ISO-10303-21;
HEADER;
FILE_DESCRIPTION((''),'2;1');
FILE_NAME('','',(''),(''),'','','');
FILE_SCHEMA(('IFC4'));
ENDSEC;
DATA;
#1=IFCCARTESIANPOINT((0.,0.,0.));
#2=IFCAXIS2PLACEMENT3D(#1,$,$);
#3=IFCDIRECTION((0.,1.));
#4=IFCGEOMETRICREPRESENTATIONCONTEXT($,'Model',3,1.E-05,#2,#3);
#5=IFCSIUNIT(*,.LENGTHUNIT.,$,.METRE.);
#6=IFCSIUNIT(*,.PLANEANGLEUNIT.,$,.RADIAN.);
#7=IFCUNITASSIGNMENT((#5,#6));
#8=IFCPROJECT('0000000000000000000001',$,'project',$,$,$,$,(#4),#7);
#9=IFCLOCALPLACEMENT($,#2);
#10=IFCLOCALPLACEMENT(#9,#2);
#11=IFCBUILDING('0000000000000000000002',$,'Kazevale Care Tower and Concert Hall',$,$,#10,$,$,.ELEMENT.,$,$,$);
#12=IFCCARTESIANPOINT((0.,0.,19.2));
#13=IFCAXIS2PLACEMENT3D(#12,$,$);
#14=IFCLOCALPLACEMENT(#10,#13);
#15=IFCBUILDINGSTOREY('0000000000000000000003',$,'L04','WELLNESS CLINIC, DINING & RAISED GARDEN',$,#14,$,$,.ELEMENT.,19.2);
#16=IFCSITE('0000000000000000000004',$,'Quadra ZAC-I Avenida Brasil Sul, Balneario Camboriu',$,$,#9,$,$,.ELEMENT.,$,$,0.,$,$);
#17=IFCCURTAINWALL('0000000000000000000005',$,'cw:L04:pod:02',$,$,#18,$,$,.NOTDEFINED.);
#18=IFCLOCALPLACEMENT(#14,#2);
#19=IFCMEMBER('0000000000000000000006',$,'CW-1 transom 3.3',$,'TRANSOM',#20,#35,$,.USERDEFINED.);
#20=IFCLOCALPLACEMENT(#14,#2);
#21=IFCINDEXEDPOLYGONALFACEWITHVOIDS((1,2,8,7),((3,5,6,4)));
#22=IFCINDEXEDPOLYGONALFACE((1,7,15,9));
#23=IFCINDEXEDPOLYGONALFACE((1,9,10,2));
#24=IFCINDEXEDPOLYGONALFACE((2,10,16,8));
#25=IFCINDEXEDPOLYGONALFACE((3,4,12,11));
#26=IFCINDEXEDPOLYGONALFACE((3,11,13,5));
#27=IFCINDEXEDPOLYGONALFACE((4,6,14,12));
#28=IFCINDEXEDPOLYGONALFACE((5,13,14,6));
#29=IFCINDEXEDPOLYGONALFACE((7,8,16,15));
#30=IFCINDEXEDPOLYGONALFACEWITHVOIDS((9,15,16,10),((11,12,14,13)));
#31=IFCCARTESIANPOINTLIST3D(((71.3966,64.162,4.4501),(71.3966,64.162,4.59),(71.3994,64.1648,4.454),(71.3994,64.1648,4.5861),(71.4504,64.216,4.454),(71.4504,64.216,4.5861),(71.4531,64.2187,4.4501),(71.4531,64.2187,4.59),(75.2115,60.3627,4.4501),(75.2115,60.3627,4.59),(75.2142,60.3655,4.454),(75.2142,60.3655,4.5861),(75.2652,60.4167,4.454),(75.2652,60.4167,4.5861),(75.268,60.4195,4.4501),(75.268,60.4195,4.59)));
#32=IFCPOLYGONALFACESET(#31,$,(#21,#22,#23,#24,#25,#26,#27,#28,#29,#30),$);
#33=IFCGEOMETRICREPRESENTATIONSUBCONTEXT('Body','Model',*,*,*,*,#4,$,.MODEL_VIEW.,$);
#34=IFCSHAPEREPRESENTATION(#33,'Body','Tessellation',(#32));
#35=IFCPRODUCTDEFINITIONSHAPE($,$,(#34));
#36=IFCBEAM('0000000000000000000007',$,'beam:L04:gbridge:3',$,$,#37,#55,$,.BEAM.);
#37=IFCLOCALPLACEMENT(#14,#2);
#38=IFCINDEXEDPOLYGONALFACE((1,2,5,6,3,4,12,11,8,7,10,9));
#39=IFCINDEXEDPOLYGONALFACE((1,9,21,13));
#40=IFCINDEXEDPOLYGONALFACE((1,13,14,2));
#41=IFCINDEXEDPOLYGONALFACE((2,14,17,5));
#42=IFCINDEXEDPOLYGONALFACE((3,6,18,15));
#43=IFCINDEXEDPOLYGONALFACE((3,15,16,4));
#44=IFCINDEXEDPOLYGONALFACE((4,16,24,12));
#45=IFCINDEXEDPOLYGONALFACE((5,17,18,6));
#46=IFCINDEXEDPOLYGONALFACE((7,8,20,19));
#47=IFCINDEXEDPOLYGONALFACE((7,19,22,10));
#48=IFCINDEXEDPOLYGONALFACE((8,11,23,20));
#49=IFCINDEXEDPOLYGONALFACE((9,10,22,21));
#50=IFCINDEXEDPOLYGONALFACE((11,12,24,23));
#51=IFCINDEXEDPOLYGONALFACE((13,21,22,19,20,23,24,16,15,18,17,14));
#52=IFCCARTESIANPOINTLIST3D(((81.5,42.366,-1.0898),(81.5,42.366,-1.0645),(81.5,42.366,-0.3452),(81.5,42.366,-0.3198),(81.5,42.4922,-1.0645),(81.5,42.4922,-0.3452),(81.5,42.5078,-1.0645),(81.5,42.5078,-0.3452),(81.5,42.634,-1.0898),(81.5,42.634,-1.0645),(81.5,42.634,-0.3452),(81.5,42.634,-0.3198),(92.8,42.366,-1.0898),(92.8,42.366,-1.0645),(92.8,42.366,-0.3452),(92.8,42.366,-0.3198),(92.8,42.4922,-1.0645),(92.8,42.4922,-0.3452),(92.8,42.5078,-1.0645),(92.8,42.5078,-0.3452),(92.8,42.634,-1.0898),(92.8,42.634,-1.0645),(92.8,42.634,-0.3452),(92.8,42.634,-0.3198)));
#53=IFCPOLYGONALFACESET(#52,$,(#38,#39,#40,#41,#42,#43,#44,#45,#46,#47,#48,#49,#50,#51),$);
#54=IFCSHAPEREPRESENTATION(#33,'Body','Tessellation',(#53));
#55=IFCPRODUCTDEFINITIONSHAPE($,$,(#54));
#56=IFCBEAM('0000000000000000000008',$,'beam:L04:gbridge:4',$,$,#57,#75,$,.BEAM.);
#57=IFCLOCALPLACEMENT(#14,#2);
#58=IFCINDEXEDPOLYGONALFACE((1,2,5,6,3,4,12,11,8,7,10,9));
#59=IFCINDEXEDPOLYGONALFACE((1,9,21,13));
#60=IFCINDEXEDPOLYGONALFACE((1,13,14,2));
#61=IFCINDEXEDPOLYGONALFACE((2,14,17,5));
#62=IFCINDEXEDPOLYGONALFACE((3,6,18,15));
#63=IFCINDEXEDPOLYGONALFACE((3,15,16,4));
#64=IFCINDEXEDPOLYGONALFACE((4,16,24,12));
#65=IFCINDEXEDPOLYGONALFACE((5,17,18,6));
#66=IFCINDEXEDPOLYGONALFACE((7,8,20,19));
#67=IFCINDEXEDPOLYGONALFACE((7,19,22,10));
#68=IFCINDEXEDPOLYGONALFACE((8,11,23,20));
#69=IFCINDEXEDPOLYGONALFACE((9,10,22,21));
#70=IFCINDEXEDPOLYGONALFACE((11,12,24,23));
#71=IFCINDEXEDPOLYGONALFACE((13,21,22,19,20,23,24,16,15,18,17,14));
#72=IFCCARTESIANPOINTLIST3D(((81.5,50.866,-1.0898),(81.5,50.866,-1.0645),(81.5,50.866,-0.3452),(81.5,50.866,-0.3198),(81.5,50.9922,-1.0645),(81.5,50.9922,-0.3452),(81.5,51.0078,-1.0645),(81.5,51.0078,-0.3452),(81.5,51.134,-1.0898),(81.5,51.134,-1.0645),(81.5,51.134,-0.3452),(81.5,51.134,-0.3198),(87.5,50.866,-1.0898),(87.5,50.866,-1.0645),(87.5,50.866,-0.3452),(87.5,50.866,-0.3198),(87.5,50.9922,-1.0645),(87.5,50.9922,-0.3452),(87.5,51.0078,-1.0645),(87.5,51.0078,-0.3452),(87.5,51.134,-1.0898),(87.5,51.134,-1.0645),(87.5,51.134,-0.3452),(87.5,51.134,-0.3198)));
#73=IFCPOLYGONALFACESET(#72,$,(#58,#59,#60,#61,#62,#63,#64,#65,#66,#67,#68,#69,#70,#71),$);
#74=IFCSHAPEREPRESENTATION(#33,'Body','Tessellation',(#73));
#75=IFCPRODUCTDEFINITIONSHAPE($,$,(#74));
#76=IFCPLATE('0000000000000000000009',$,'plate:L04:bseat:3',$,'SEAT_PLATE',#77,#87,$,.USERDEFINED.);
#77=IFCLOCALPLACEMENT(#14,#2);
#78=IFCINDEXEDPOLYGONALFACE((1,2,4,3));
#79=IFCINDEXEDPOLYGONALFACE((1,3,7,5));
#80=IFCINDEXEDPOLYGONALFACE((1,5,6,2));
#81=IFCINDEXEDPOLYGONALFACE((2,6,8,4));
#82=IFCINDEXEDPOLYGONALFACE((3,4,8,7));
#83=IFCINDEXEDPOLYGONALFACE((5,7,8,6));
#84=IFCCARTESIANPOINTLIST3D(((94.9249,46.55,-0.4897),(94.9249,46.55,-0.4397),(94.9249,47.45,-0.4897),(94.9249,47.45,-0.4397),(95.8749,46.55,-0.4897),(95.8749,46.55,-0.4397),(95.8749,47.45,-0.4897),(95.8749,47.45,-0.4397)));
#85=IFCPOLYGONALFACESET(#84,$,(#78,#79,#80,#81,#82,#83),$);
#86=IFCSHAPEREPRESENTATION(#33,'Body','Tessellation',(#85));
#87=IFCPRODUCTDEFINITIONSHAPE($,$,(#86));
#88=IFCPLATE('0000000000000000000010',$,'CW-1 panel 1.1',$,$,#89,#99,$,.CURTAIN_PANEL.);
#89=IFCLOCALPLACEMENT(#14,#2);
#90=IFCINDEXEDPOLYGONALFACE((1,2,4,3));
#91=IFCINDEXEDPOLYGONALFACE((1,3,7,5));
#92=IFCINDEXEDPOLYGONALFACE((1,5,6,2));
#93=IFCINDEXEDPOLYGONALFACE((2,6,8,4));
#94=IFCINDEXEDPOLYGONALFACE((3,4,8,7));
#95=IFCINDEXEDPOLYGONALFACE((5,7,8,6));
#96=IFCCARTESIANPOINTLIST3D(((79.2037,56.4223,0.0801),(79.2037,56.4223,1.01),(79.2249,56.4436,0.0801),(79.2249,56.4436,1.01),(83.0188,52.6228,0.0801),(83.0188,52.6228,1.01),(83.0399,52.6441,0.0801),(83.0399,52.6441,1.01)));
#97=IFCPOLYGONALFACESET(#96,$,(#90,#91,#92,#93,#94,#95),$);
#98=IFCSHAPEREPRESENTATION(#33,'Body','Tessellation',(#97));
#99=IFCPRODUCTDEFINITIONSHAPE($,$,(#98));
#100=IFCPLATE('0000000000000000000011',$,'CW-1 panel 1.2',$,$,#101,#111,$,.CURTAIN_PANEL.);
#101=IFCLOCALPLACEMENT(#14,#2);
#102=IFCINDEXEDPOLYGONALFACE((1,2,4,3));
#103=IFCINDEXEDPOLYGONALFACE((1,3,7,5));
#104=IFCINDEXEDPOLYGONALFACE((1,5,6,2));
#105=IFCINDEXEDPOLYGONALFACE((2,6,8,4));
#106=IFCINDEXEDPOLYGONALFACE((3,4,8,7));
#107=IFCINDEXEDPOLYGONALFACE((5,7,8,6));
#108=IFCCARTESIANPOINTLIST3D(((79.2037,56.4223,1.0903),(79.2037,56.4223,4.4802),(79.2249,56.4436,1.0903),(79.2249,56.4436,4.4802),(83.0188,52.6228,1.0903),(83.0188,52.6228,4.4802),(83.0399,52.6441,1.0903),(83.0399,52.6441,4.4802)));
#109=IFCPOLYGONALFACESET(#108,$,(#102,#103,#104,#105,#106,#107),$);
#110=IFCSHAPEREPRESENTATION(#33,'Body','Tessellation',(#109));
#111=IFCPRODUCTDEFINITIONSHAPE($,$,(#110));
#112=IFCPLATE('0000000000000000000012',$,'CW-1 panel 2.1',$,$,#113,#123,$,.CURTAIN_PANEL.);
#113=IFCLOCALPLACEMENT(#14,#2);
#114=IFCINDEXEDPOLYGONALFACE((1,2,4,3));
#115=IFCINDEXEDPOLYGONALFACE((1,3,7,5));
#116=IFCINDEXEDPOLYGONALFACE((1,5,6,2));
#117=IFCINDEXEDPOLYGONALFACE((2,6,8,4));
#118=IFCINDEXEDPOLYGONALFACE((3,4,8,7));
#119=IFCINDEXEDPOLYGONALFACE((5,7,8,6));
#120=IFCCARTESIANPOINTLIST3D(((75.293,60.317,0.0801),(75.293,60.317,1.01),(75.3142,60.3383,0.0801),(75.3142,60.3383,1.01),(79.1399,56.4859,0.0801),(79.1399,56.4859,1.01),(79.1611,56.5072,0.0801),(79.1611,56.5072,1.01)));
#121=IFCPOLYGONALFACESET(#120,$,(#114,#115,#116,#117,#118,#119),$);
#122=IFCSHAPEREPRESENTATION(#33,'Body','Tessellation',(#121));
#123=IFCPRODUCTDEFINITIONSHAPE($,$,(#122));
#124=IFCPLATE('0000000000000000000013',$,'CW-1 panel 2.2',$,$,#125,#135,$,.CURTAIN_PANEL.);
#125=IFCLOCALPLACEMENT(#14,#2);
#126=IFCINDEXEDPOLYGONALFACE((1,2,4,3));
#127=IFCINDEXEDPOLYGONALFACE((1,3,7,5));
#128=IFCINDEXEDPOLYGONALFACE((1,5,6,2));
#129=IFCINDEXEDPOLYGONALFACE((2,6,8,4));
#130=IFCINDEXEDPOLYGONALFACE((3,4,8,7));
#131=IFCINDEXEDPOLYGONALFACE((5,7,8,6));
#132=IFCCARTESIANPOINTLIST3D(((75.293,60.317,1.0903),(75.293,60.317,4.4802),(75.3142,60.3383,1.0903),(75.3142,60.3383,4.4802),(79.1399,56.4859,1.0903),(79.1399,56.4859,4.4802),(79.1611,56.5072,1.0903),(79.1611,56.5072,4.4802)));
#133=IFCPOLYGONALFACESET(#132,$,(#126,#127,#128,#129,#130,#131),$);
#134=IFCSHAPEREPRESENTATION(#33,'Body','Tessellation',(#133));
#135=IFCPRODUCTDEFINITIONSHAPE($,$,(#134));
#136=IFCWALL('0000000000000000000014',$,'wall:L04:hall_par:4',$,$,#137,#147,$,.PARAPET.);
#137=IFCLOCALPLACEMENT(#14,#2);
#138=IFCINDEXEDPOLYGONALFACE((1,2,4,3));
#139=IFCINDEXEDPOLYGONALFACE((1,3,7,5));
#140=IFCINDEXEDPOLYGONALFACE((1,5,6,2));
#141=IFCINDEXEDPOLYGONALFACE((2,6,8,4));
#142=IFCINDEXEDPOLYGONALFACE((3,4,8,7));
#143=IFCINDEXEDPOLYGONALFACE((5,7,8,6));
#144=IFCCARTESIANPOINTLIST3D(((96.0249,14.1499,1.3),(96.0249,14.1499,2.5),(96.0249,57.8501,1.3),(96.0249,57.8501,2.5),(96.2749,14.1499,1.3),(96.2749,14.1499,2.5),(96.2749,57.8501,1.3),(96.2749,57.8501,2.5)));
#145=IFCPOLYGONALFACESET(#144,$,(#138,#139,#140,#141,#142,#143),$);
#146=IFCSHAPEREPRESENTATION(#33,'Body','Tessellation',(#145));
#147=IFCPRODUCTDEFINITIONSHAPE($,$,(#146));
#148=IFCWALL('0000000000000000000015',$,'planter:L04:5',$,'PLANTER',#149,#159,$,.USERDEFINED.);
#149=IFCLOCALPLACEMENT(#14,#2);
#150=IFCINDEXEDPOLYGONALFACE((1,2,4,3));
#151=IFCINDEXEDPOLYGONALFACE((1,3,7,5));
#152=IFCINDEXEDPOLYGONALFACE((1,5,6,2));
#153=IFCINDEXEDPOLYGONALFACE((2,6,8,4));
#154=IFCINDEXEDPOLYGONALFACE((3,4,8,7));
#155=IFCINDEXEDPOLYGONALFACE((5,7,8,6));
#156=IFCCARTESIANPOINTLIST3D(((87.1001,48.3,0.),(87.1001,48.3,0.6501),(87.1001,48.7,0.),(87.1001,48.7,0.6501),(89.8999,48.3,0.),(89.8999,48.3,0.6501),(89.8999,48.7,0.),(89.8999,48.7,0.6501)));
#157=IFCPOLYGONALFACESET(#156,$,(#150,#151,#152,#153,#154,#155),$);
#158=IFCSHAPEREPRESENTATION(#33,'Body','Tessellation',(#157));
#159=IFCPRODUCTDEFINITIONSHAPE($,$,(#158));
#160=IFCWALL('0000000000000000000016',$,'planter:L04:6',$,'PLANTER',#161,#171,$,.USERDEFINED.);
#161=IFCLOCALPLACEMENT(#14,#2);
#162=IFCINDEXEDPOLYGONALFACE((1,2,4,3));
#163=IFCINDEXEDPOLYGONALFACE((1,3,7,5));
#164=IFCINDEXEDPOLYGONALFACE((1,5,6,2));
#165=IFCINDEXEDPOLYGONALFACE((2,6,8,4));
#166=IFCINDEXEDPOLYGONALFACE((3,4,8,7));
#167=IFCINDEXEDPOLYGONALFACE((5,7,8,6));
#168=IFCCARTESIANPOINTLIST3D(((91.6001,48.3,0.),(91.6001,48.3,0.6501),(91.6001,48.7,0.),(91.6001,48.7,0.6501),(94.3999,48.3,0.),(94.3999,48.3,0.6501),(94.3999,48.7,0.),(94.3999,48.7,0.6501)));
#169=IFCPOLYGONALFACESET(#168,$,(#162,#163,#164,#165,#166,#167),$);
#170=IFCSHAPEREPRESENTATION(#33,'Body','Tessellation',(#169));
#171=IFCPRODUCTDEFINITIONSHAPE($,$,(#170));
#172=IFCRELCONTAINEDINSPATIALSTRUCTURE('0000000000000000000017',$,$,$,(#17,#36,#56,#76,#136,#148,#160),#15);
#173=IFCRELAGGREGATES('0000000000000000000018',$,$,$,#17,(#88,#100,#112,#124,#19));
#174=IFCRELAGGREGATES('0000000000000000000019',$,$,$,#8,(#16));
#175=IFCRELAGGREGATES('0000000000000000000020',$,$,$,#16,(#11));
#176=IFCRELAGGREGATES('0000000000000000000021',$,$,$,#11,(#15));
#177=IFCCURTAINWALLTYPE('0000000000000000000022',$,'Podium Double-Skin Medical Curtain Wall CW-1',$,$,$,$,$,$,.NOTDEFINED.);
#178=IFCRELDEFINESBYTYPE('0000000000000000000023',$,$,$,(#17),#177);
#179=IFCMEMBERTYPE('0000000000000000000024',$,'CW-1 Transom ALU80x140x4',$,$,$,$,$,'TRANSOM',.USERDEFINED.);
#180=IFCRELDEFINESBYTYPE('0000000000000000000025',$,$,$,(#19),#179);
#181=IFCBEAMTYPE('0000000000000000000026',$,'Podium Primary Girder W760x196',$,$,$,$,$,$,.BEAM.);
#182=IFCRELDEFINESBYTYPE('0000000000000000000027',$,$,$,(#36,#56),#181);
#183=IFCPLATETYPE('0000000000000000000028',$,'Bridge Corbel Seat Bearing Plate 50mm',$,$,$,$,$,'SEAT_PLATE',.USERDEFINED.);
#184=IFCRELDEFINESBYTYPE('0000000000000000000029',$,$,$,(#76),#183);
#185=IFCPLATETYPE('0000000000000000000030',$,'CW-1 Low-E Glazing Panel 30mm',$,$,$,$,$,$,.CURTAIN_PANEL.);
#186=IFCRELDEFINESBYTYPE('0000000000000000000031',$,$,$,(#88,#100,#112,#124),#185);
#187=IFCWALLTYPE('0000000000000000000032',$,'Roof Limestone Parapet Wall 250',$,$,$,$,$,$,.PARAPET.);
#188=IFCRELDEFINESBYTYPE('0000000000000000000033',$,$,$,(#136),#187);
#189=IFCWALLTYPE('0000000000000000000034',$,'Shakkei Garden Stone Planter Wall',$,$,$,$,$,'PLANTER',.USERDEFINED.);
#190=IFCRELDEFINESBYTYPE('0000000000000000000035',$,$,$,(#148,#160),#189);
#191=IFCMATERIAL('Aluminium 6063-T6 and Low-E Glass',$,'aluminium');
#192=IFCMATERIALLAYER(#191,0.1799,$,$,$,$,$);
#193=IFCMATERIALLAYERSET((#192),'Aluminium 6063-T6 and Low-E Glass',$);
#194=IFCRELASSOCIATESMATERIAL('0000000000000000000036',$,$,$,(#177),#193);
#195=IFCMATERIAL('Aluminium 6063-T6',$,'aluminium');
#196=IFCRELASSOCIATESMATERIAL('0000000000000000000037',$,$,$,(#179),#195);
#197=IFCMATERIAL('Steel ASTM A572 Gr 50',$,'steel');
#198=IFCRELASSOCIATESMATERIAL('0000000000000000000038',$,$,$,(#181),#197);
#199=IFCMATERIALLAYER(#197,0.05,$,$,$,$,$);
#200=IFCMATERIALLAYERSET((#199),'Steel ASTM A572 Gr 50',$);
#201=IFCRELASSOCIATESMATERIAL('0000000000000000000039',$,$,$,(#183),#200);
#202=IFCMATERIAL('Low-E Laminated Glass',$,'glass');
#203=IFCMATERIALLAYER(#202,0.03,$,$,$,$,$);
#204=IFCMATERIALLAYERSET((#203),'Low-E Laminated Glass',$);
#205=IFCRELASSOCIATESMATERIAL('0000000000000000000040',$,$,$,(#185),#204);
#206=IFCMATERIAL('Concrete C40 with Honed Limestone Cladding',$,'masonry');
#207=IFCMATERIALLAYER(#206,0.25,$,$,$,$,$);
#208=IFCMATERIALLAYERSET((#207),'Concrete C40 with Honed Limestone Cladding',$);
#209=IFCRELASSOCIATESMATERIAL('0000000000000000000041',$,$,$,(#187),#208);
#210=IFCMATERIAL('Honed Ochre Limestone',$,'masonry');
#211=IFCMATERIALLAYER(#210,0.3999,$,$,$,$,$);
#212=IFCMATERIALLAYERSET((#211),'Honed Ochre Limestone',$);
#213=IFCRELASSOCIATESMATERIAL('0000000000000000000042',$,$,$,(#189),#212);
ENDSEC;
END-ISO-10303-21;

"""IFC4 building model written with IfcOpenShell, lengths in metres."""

from ifc_helpers import new_model, si_unit, direction, frame, frame_2d, origin, origin_2d, place, context, subcontext, project, spatial, rectangle, hollow_rectangle, i_section, extrude, material, layer, layer_set, material_profile, profile_set, type_object, element, aggregate, save


model = new_model("IFC4")

# Units and contexts
model_context = context("Model", 3, precision=1e-05, world=origin(), true_north=direction((0.0, 1.0)))
body_context = subcontext(model_context, "Body", "Model", "MODEL_VIEW")
ifc_project = project(units=[si_unit("LENGTHUNIT", "METRE"), si_unit("PLANEANGLEUNIT", "RADIAN")], contexts=[model_context])

# Site, building, storey
site_placement = place(None, origin())
site = spatial("IfcSite", under=ifc_project, at=site_placement, Name="Quadra ZAC-I Avenida Brasil Sul, Balneario Camboriu", CompositionType="ELEMENT", RefElevation=0.0)
building_placement = place(site_placement, origin())
building = spatial("IfcBuilding", under=site, at=building_placement, Name="Kazevale Care Tower and Concert Hall", CompositionType="ELEMENT")
storey_placement = place(building_placement, frame((0.0, 0.0, 19.2)))
storey = spatial("IfcBuildingStorey", under=building, at=storey_placement, Name="L04", Description="WELLNESS CLINIC, DINING & RAISED GARDEN", CompositionType="ELEMENT", Elevation=19.2)

# Curtain wall, member
ifc_material_1 = material(Name="Aluminium 6063-T6 and Low-E Glass", Category="aluminium")
ifc_layer_1 = layer(ifc_material_1, 0.1799)
ifc_layer_set_1 = layer_set([ifc_layer_1], Name="Aluminium 6063-T6 and Low-E Glass")
curtain_wall_type = type_object("IfcCurtainWallType", Name="Podium Double-Skin Medical Curtain Wall CW-1", PredefinedType="NOTDEFINED", material=ifc_layer_set_1)
curtain_wall_placement = place(storey_placement, origin())
curtain_wall = element("IfcCurtainWall", 1, at=curtain_wall_placement, inside=storey, type_object=curtain_wall_type, Name="cw:L04:pod:02", PredefinedType="NOTDEFINED")
ifc_material_2 = material(Name="Aluminium 6063-T6", Category="aluminium")
ifc_material_profile_1 = material_profile(ifc_material_2, hollow_rectangle(XDim=0.0801, YDim=0.1399, WallThickness=0.0039, at=origin_2d()), Name="ALU80x140x4")
ifc_profile_set_1 = profile_set([ifc_material_profile_1], Name="Aluminium 6063-T6")
member_type_1 = type_object("IfcMemberType", Name="CW-1 Transom ALU80x140x4", ElementType="TRANSOM", PredefinedType="USERDEFINED", material=ifc_profile_set_1)
member_1_placement = place(storey_placement, frame((75.2397, 60.3911, 4.52), z_axis=(-0.708556, 0.705654, 0.0), x_axis=(-0.705654, -0.708556, 0.0)))
member_1 = element("IfcMember", 2, at=member_1_placement, type_object=member_type_1, Name="CW-1 transom 3.3", ObjectType="TRANSOM", PredefinedType="USERDEFINED", context=body_context, shape_type="SweptSolid", body=[
    extrude(hollow_rectangle(XDim=0.0801, YDim=0.1399, WallThickness=0.0039, at=origin_2d()), origin(), (0.0, 0.0, 1.0), 5.384),
])

# Beams
ifc_material_3 = material(Name="Steel ASTM A572 Gr 50", Category="steel")
ifc_material_profile_2 = material_profile(ifc_material_3, i_section(OverallWidth=0.2681, OverallDepth=0.77, WebThickness=0.0156, FlangeThickness=0.0254, at=origin_2d()), Name="W760x196")
ifc_profile_set_2 = profile_set([ifc_material_profile_2], Name="Steel ASTM A572 Gr 50")
beam_type = type_object("IfcBeamType", Name="Podium Primary Girder W760x196", PredefinedType="BEAM", material=ifc_profile_set_2)
beam_1_placement = place(storey_placement, frame((81.5, 42.5, -0.7048), z_axis=(1.0, 0.0, 0.0), x_axis=(0.0, 1.0, 0.0)))
element("IfcBeam", 3, at=beam_1_placement, inside=storey, type_object=beam_type, Name="beam:L04:gbridge:3", PredefinedType="BEAM", context=body_context, shape_type="SweptSolid", body=[
    extrude(i_section(OverallWidth=0.2681, OverallDepth=0.77, WebThickness=0.0156, FlangeThickness=0.0254, at=origin_2d()), origin(), (0.0, 0.0, 1.0), 11.3),
])
beam_2_placement = place(storey_placement, frame((81.5, 51.0, -0.7048), z_axis=(1.0, 0.0, 0.0), x_axis=(0.0, 1.0, 0.0)))
element("IfcBeam", 4, at=beam_2_placement, inside=storey, type_object=beam_type, Name="beam:L04:gbridge:4", PredefinedType="BEAM", context=body_context, shape_type="SweptSolid", body=[
    extrude(i_section(OverallWidth=0.2681, OverallDepth=0.77, WebThickness=0.0156, FlangeThickness=0.0254, at=origin_2d()), origin(), (0.0, 0.0, 1.0), 6.0),
])

# Plates
ifc_layer_2 = layer(ifc_material_3, 0.05)
ifc_layer_set_2 = layer_set([ifc_layer_2], Name="Steel ASTM A572 Gr 50")
plate_type_1 = type_object("IfcPlateType", Name="Bridge Corbel Seat Bearing Plate 50mm", ElementType="SEAT_PLATE", PredefinedType="USERDEFINED", material=ifc_layer_set_2)
plate_1_placement = place(storey_placement, frame((95.3999, 47.0, -0.4897), z_axis=(0.0, 0.0, 1.0), x_axis=(1.0, 0.0, 0.0)))
element("IfcPlate", 5, at=plate_1_placement, inside=storey, type_object=plate_type_1, Name="plate:L04:bseat:3", ObjectType="SEAT_PLATE", PredefinedType="USERDEFINED", context=body_context, shape_type="SweptSolid", body=[
    extrude(rectangle(XDim=0.95, YDim=0.8999, at=origin_2d()), origin(), (0.0, 0.0, 1.0), 0.05),
])
ifc_material_4 = material(Name="Low-E Laminated Glass", Category="glass")
ifc_layer_3 = layer(ifc_material_4, 0.03)
ifc_layer_set_3 = layer_set([ifc_layer_3], Name="Low-E Laminated Glass")
plate_type_2 = type_object("IfcPlateType", Name="CW-1 Low-E Glazing Panel 30mm", PredefinedType="CURTAIN_PANEL", material=ifc_layer_set_3)
plate_2_placement = place(storey_placement, frame((81.1218, 54.5332, 0.0801), z_axis=(0.0, 0.0, 1.0), x_axis=(-0.708555, 0.705656, 0.0)))
plate_2 = element("IfcPlate", 6, at=plate_2_placement, type_object=plate_type_2, Name="CW-1 panel 1.1", PredefinedType="CURTAIN_PANEL", context=body_context, shape_type="SweptSolid", body=[
    extrude(rectangle(XDim=5.3843, YDim=0.03, at=origin_2d()), origin(), (0.0, 0.0, 1.0), 0.9299),
])
plate_3_placement = place(storey_placement, frame((81.1218, 54.5332, 1.0903), z_axis=(0.0, 0.0, 1.0), x_axis=(-0.708555, 0.705656, 0.0)))
plate_3 = element("IfcPlate", 7, at=plate_3_placement, type_object=plate_type_2, Name="CW-1 panel 1.2", PredefinedType="CURTAIN_PANEL", context=body_context, shape_type="SweptSolid", body=[
    extrude(rectangle(XDim=5.3843, YDim=0.03, at=origin_2d()), origin(), (0.0, 0.0, 1.0), 3.3899),
])
plate_4_placement = place(storey_placement, frame((77.2271, 58.4121, 0.0801), z_axis=(0.0, 0.0, 1.0), x_axis=(-0.708555, 0.705656, 0.0)))
plate_4 = element("IfcPlate", 8, at=plate_4_placement, type_object=plate_type_2, Name="CW-1 panel 2.1", PredefinedType="CURTAIN_PANEL", context=body_context, shape_type="SweptSolid", body=[
    extrude(rectangle(XDim=5.4292, YDim=0.03, at=origin_2d()), origin(), (0.0, 0.0, 1.0), 0.9299),
])
plate_5_placement = place(storey_placement, frame((77.2271, 58.4121, 1.0903), z_axis=(0.0, 0.0, 1.0), x_axis=(-0.708555, 0.705656, 0.0)))
plate_5 = element("IfcPlate", 9, at=plate_5_placement, type_object=plate_type_2, Name="CW-1 panel 2.2", PredefinedType="CURTAIN_PANEL", context=body_context, shape_type="SweptSolid", body=[
    extrude(rectangle(XDim=5.4292, YDim=0.03, at=origin_2d()), origin(), (0.0, 0.0, 1.0), 3.3899),
])
aggregate(curtain_wall, [plate_2, plate_3, plate_4, plate_5, member_1])

# Walls
ifc_material_5 = material(Name="Concrete C40 with Honed Limestone Cladding", Category="masonry")
ifc_layer_4 = layer(ifc_material_5, 0.25)
ifc_layer_set_4 = layer_set([ifc_layer_4], Name="Concrete C40 with Honed Limestone Cladding")
wall_type_1 = type_object("IfcWallType", Name="Roof Limestone Parapet Wall 250", PredefinedType="PARAPET", material=ifc_layer_set_4)
wall_placement = place(storey_placement, frame((96.1499, 57.8501, 1.3), z_axis=(0.0, 0.0, 1.0), x_axis=(0.0, -1.0, 0.0)))
element("IfcWall", 10, at=wall_placement, inside=storey, type_object=wall_type_1, Name="wall:L04:hall_par:4", PredefinedType="PARAPET", context=body_context, shape_type="SweptSolid", body=[
    extrude(rectangle(XDim=43.7002, YDim=0.25, at=frame_2d((21.8501, 0.0))), origin(), (0.0, 0.0, 1.0), 1.2),
])
ifc_material_6 = material(Name="Honed Ochre Limestone", Category="masonry")
ifc_layer_5 = layer(ifc_material_6, 0.3999)
ifc_layer_set_5 = layer_set([ifc_layer_5], Name="Honed Ochre Limestone")
wall_type_2 = type_object("IfcWallType", Name="Shakkei Garden Stone Planter Wall", ElementType="PLANTER", PredefinedType="USERDEFINED", material=ifc_layer_set_5)
for number, where, z_axis, x_axis, name in (
    (11, (87.1001, 48.5, 0.0), (0.0, 0.0, 1.0), (1.0, 0.0, 0.0), "planter:L04:5"),
    (12, (91.6001, 48.5, 0.0), (0.0, 0.0, 1.0), (1.0, 0.0, 0.0), "planter:L04:6"),
):
    element("IfcWall", number, at=place(storey_placement, frame(where, z_axis=z_axis, x_axis=x_axis)), inside=storey, type_object=wall_type_2, Name=name, ObjectType="PLANTER", PredefinedType="USERDEFINED", context=body_context, shape_type="SweptSolid", body=[
        extrude(rectangle(XDim=2.7998, YDim=0.3999, at=frame_2d((1.3999, 0.0))), origin(), (0.0, 0.0, 1.0), 0.6501),
    ])

save(model, "model.ifc")
